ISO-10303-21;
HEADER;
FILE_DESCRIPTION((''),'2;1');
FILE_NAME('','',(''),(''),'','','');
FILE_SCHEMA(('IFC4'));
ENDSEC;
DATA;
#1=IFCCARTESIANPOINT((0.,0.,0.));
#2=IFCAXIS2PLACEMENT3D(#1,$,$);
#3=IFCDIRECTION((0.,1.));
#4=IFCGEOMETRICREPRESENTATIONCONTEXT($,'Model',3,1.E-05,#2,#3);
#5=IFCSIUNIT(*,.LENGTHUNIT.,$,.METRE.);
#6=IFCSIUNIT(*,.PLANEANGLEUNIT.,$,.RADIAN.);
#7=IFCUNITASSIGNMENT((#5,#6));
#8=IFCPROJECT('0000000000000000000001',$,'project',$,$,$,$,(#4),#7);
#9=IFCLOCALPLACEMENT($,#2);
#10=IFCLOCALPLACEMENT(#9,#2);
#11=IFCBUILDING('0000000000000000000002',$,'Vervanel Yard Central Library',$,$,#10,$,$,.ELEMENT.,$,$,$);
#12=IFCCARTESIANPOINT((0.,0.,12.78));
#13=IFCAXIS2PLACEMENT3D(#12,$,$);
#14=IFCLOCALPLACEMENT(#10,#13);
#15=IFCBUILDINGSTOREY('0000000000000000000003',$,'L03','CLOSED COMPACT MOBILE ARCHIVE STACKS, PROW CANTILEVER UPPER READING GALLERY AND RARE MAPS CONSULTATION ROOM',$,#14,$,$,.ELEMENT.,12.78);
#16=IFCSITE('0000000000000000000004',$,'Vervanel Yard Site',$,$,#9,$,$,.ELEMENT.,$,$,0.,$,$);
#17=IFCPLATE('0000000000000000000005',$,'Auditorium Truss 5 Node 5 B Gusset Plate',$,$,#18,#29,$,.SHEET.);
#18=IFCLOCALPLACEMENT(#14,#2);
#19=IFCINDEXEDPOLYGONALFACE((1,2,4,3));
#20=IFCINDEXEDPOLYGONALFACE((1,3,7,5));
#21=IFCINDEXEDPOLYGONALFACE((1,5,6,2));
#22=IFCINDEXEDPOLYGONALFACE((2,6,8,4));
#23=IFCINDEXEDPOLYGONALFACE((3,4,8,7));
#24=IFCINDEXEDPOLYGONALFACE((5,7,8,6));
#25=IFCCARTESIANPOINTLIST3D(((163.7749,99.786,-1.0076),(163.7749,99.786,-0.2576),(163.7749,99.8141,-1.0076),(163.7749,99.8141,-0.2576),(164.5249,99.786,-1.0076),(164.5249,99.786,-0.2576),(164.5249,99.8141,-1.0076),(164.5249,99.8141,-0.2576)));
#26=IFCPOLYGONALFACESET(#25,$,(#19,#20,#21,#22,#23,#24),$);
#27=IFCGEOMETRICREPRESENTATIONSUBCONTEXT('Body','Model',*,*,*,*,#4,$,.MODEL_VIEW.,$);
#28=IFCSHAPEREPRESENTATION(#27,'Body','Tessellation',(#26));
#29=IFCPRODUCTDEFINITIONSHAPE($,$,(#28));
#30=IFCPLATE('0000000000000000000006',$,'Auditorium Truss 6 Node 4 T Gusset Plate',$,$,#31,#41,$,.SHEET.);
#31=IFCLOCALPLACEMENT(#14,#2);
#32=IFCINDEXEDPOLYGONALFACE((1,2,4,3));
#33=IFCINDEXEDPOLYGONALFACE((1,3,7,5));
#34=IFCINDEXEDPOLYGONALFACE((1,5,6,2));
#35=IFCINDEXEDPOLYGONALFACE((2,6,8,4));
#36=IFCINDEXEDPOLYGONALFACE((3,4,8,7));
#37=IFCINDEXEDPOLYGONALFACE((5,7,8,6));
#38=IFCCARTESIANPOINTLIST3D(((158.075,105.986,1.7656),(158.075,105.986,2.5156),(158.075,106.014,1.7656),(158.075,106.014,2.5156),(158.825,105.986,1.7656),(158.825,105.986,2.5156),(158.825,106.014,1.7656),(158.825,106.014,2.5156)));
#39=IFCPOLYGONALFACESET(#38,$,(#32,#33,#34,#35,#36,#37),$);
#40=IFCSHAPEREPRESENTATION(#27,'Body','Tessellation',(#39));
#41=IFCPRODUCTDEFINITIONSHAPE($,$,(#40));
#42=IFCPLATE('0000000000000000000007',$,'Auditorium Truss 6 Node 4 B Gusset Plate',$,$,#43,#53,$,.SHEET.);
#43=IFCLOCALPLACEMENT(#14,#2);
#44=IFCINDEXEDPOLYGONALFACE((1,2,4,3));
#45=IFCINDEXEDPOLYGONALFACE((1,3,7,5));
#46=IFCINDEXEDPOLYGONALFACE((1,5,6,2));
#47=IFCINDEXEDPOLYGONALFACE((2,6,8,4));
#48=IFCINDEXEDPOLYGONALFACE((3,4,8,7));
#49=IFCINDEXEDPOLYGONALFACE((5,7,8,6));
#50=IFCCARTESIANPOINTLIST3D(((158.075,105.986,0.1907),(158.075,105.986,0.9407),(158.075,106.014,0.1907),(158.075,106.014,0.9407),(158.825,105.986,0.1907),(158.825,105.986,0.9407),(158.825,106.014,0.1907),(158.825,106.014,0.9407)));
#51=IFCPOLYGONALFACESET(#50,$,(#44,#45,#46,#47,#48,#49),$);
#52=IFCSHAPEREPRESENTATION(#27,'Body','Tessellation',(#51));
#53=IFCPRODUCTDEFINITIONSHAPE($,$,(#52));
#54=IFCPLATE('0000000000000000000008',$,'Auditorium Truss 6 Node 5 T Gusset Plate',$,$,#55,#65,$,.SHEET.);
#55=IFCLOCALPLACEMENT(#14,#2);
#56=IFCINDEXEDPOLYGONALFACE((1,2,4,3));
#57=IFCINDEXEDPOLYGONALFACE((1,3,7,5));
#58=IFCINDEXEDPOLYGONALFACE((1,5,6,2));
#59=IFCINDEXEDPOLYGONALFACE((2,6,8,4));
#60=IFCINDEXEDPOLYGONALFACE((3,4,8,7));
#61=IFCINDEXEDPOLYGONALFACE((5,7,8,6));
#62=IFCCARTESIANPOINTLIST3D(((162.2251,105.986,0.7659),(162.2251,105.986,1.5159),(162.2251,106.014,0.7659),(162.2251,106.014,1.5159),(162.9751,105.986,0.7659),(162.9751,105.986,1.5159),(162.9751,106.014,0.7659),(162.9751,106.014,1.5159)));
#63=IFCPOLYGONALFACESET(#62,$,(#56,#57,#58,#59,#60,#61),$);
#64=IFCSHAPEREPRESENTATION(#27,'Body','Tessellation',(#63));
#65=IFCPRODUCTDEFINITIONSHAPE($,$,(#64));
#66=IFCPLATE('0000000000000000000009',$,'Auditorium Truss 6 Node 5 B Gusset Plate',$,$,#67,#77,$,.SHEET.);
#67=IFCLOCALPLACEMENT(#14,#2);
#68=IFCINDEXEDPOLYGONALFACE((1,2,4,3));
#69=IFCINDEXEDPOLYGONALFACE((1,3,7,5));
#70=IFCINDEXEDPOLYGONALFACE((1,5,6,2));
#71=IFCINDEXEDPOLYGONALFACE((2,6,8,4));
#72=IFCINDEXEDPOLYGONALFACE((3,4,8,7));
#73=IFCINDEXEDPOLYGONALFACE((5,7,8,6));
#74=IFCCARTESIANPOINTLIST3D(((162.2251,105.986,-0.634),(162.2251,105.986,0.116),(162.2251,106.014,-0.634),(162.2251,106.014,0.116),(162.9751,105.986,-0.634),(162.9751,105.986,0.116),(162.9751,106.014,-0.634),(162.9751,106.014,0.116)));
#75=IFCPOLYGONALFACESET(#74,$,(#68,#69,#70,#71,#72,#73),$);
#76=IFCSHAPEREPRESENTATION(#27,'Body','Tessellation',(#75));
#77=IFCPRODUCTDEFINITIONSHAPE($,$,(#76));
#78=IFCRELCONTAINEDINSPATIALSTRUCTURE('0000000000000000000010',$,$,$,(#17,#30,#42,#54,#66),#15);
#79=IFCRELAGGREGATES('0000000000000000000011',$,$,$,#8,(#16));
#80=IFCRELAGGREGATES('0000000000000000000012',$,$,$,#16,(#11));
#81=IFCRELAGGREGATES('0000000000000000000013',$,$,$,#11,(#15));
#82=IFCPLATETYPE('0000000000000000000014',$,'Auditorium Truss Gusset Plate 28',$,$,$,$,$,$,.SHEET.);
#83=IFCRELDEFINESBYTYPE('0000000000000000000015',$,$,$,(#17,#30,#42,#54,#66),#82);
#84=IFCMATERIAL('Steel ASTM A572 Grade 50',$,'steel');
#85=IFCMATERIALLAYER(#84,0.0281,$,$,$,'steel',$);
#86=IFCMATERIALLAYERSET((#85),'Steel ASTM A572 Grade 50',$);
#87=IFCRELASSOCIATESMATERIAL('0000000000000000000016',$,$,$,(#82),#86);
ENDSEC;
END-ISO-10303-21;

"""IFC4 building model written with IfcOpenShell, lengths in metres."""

from ifc_helpers import new_model, si_unit, direction, frame, origin, origin_2d, place, context, subcontext, project, spatial, rectangle, extrude, material, layer, layer_set, type_object, element, save


model = new_model("IFC4")

# Units and contexts
model_context = context("Model", 3, precision=1e-05, world=origin(), true_north=direction((0.0, 1.0)))
body_context = subcontext(model_context, "Body", "Model", "MODEL_VIEW")
ifc_project = project(units=[si_unit("LENGTHUNIT", "METRE"), si_unit("PLANEANGLEUNIT", "RADIAN")], contexts=[model_context])

# Site, building, storey
site_placement = place(None, origin())
site = spatial("IfcSite", under=ifc_project, at=site_placement, Name="Vervanel Yard Site", CompositionType="ELEMENT", RefElevation=0.0)
building_placement = place(site_placement, origin())
building = spatial("IfcBuilding", under=site, at=building_placement, Name="Vervanel Yard Central Library", CompositionType="ELEMENT")
storey_placement = place(building_placement, frame((0.0, 0.0, 12.78)))
storey = spatial("IfcBuildingStorey", under=building, at=storey_placement, Name="L03", Description="CLOSED COMPACT MOBILE ARCHIVE STACKS, PROW CANTILEVER UPPER READING GALLERY AND RARE MAPS CONSULTATION ROOM", CompositionType="ELEMENT", Elevation=12.78)

# Plates
ifc_material_1 = material(Name="Steel ASTM A572 Grade 50", Category="steel")
ifc_layer = layer(ifc_material_1, 0.0281, Category="steel")
ifc_layer_set = layer_set([ifc_layer], Name="Steel ASTM A572 Grade 50")
plate_type = type_object("IfcPlateType", Name="Auditorium Truss Gusset Plate 28", PredefinedType="SHEET", material=ifc_layer_set)
for number, where, z_axis, x_axis, name in (
    (1, (164.1499, 99.8, -1.0076), (0.0, 0.0, 1.0), (1.0, 0.0, 0.0), "Auditorium Truss 5 Node 5 B Gusset Plate"),
    (2, (158.45, 106.0, 1.7656), (0.0, 0.0, 1.0), (1.0, 0.0, 0.0), "Auditorium Truss 6 Node 4 T Gusset Plate"),
    (3, (158.45, 106.0, 0.1907), (0.0, 0.0, 1.0), (1.0, 0.0, 0.0), "Auditorium Truss 6 Node 4 B Gusset Plate"),
    (4, (162.6001, 106.0, 0.7659), (0.0, 0.0, 1.0), (1.0, 0.0, 0.0), "Auditorium Truss 6 Node 5 T Gusset Plate"),
    (5, (162.6001, 106.0, -0.634), (0.0, 0.0, 1.0), (1.0, 0.0, 0.0), "Auditorium Truss 6 Node 5 B Gusset Plate"),
):
    element("IfcPlate", number, at=place(storey_placement, frame(where, z_axis=z_axis, x_axis=x_axis)), inside=storey, type_object=plate_type, Name=name, PredefinedType="SHEET", context=body_context, shape_type="SweptSolid", body=[
        extrude(rectangle(XDim=0.75, YDim=0.0281, at=origin_2d()), origin(), (0.0, 0.0, 1.0), 0.75),
    ])

save(model, "model.ifc")
